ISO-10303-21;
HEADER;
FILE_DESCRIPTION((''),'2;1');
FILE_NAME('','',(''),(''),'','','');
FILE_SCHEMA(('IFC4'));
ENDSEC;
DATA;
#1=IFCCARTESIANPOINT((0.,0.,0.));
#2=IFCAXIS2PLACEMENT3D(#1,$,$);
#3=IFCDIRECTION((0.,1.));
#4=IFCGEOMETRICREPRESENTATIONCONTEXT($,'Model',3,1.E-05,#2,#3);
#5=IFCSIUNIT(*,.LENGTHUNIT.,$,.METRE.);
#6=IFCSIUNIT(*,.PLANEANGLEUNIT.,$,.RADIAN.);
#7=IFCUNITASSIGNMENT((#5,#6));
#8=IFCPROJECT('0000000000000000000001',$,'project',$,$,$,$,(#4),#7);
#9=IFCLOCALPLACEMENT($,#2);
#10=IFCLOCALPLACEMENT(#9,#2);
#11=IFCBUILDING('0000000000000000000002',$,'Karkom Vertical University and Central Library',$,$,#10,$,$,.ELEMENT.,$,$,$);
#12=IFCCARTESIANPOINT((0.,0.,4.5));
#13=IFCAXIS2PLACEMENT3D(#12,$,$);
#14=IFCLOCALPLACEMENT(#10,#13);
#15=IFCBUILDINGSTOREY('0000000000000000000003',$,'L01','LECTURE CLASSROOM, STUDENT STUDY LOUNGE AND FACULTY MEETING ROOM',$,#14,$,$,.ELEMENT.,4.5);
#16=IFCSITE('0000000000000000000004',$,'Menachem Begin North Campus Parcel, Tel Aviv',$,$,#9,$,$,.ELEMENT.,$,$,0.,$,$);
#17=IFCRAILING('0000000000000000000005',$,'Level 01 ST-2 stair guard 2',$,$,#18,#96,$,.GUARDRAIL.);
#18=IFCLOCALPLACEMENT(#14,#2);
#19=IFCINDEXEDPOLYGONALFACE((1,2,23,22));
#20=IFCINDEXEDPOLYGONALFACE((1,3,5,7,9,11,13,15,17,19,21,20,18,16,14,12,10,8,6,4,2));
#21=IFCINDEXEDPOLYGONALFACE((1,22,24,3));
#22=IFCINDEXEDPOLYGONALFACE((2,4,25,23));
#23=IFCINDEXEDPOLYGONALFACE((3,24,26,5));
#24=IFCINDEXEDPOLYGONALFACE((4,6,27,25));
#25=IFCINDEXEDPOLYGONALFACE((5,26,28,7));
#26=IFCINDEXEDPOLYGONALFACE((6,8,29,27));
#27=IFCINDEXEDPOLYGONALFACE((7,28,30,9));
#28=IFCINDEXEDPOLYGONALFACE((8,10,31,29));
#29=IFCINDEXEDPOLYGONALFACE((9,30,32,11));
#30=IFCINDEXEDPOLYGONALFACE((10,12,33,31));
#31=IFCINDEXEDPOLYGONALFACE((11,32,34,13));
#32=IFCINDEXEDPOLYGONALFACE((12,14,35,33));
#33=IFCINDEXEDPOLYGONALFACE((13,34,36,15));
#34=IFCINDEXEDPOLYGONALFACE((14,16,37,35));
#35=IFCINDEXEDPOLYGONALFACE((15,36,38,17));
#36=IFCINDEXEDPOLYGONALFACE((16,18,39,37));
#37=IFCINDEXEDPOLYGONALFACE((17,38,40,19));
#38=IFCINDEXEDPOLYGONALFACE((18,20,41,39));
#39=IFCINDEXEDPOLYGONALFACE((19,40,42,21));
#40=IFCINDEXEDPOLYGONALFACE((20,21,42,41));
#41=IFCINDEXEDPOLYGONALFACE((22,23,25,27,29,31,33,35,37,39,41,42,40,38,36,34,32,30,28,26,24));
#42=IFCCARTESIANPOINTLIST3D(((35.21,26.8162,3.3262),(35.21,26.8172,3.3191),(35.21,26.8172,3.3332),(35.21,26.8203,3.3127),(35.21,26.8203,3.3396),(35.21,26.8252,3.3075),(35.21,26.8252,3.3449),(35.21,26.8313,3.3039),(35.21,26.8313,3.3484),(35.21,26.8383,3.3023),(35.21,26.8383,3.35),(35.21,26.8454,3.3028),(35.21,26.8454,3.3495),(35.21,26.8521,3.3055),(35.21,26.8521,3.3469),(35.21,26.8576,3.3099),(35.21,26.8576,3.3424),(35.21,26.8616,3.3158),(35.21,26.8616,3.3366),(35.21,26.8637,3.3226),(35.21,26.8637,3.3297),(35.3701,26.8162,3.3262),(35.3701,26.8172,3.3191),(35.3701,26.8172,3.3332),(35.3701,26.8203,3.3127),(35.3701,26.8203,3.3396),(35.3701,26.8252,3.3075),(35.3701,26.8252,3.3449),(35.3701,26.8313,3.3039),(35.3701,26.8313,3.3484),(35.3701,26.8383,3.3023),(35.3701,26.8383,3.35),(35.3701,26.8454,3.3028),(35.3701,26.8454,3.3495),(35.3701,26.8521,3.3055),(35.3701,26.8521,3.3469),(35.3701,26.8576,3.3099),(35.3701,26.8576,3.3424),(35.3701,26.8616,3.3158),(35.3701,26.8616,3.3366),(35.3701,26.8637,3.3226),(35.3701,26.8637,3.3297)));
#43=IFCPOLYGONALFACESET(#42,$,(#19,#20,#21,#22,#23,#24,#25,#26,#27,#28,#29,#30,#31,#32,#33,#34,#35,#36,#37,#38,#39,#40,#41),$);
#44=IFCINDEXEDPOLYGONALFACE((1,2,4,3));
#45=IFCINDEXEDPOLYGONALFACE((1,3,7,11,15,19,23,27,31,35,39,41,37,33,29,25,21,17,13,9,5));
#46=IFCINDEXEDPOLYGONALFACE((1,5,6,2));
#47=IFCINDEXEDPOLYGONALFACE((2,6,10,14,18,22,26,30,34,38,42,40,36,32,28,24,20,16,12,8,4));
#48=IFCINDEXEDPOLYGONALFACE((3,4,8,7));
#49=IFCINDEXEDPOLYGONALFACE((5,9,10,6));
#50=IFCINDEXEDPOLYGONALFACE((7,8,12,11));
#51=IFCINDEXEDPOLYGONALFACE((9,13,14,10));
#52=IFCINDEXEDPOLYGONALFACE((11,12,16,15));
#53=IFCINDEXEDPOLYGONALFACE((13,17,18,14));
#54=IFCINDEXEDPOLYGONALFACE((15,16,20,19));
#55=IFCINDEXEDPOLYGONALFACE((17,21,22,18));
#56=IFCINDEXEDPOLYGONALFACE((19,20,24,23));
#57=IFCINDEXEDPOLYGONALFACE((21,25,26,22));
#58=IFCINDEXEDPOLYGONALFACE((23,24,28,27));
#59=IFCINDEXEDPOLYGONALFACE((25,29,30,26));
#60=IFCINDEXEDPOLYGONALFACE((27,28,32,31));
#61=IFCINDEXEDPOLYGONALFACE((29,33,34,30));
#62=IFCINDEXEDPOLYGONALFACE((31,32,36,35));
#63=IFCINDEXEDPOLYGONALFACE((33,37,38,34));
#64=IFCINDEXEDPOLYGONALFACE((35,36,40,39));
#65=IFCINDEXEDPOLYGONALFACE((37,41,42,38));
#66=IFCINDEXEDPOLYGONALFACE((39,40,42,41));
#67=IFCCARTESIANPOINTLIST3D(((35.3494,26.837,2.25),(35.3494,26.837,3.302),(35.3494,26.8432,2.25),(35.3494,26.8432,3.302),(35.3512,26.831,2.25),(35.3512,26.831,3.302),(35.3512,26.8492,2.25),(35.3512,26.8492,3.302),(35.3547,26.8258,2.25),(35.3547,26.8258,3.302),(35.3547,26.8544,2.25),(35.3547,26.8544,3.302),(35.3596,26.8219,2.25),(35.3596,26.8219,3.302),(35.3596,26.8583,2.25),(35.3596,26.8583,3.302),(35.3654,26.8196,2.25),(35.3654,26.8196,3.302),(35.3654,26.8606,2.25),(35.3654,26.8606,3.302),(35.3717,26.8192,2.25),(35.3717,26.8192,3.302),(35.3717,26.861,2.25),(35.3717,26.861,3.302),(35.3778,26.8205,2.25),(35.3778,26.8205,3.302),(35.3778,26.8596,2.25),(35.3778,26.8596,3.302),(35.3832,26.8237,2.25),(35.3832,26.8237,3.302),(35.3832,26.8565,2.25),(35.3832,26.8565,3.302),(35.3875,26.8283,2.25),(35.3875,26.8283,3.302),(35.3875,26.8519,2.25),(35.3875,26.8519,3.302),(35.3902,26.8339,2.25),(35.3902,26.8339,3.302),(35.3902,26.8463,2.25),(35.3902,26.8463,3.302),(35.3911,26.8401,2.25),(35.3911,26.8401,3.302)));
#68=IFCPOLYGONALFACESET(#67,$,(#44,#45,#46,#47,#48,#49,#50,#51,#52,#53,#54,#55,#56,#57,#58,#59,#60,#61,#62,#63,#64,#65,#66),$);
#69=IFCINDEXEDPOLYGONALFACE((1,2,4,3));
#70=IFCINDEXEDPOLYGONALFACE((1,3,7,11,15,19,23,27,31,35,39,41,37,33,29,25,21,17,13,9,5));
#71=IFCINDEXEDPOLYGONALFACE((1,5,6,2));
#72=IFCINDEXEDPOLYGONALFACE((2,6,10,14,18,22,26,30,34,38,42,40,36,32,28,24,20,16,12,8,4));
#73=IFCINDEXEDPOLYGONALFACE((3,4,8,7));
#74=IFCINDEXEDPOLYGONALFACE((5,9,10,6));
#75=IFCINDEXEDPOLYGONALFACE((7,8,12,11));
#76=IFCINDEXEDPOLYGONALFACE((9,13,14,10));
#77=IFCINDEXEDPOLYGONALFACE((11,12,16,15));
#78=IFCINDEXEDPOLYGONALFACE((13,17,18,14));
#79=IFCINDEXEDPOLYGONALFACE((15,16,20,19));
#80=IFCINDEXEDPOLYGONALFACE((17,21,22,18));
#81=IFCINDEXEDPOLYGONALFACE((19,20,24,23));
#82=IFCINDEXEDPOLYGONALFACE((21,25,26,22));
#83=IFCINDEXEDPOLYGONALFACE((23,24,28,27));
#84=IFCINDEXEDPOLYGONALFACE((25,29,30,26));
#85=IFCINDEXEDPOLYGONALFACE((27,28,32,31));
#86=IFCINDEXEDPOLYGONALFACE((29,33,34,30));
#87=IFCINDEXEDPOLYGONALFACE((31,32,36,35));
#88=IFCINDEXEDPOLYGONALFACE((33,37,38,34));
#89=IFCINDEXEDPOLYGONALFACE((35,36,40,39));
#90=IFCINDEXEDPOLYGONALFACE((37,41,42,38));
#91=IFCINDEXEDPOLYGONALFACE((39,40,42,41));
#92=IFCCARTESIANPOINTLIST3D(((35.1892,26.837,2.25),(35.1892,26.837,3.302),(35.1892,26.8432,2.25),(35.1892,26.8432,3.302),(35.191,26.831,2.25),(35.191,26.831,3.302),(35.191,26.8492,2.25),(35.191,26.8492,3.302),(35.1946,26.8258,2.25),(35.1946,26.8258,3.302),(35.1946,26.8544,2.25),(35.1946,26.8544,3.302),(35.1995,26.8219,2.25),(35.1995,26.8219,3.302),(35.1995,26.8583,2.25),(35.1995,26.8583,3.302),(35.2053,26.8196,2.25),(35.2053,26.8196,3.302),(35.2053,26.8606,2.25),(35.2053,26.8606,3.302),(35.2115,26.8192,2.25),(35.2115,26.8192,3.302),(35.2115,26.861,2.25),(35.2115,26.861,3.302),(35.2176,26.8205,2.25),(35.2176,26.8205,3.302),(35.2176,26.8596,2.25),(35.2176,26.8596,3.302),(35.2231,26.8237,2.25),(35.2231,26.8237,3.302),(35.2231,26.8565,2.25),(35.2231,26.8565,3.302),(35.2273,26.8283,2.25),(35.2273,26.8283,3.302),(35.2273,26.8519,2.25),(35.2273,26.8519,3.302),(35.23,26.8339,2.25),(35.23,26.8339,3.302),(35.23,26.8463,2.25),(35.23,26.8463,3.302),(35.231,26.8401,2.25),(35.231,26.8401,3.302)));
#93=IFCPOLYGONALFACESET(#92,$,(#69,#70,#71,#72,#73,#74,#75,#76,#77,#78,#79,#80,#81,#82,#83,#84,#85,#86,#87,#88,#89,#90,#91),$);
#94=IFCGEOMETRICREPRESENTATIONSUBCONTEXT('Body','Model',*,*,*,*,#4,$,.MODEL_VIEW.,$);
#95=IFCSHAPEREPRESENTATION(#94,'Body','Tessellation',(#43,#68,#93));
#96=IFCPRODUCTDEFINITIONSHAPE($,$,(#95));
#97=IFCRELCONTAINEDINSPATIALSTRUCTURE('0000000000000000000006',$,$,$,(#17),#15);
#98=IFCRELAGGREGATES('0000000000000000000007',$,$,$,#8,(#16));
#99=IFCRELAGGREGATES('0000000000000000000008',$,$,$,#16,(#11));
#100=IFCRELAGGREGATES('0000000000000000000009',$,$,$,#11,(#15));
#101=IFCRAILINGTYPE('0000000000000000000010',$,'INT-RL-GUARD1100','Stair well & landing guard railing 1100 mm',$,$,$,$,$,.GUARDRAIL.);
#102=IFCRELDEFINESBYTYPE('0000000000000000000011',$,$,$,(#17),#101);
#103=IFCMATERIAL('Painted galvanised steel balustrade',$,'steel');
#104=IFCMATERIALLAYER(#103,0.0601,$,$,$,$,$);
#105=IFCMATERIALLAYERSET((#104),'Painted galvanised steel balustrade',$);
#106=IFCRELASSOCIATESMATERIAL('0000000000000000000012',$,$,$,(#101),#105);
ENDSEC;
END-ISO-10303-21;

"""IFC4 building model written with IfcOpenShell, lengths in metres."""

from ifc_helpers import new_model, si_unit, direction, frame, origin, origin_2d, place, context, subcontext, project, spatial, circle, extrude, material, layer, layer_set, type_object, element, save


model = new_model("IFC4")

# Units and contexts
model_context = context("Model", 3, precision=1e-05, world=origin(), true_north=direction((0.0, 1.0)))
body_context = subcontext(model_context, "Body", "Model", "MODEL_VIEW")
ifc_project = project(units=[si_unit("LENGTHUNIT", "METRE"), si_unit("PLANEANGLEUNIT", "RADIAN")], contexts=[model_context])

# Site, building, storey
site_placement = place(None, origin())
site = spatial("IfcSite", under=ifc_project, at=site_placement, Name="Menachem Begin North Campus Parcel, Tel Aviv", CompositionType="ELEMENT", RefElevation=0.0)
building_placement = place(site_placement, origin())
building = spatial("IfcBuilding", under=site, at=building_placement, Name="Karkom Vertical University and Central Library", CompositionType="ELEMENT")
storey_placement = place(building_placement, frame((0.0, 0.0, 4.5)))
storey = spatial("IfcBuildingStorey", under=building, at=storey_placement, Name="L01", Description="LECTURE CLASSROOM, STUDENT STUDY LOUNGE AND FACULTY MEETING ROOM", CompositionType="ELEMENT", Elevation=4.5)

# Railing
ifc_material_1 = material(Name="Painted galvanised steel balustrade", Category="steel")
ifc_layer_1 = layer(ifc_material_1, 0.0601)
ifc_layer_set_1 = layer_set([ifc_layer_1], Name="Painted galvanised steel balustrade")
railing_type_1 = type_object("IfcRailingType", Name="INT-RL-GUARD1100", Description="Stair well & landing guard railing 1100 mm", PredefinedType="GUARDRAIL", material=ifc_layer_set_1)
railing_1_placement = place(storey_placement, frame((35.3701, 26.8401, 2.25)))
element("IfcRailing", 1, at=railing_1_placement, inside=storey, type_object=railing_type_1, Name="Level 01 ST-2 stair guard 2", PredefinedType="GUARDRAIL", context=body_context, shape_type="SweptSolid", body=[
    extrude(circle(Radius=0.0239, at=origin_2d()), frame((0.0, 0.0, 1.0762), z_axis=(-1.0, 0.0, 0.0), x_axis=(0.0, -1.0, 0.0)), (0.0, 0.0, 1.0), 0.1602),
    extrude(circle(Radius=0.021, at=origin_2d()), origin(), (0.0, 0.0, 1.0), 1.052),
    extrude(circle(Radius=0.021, at=origin_2d()), frame((-0.1602, 0.0, 0.0)), (0.0, 0.0, 1.0), 1.052),
])

save(model, "model.ifc")
